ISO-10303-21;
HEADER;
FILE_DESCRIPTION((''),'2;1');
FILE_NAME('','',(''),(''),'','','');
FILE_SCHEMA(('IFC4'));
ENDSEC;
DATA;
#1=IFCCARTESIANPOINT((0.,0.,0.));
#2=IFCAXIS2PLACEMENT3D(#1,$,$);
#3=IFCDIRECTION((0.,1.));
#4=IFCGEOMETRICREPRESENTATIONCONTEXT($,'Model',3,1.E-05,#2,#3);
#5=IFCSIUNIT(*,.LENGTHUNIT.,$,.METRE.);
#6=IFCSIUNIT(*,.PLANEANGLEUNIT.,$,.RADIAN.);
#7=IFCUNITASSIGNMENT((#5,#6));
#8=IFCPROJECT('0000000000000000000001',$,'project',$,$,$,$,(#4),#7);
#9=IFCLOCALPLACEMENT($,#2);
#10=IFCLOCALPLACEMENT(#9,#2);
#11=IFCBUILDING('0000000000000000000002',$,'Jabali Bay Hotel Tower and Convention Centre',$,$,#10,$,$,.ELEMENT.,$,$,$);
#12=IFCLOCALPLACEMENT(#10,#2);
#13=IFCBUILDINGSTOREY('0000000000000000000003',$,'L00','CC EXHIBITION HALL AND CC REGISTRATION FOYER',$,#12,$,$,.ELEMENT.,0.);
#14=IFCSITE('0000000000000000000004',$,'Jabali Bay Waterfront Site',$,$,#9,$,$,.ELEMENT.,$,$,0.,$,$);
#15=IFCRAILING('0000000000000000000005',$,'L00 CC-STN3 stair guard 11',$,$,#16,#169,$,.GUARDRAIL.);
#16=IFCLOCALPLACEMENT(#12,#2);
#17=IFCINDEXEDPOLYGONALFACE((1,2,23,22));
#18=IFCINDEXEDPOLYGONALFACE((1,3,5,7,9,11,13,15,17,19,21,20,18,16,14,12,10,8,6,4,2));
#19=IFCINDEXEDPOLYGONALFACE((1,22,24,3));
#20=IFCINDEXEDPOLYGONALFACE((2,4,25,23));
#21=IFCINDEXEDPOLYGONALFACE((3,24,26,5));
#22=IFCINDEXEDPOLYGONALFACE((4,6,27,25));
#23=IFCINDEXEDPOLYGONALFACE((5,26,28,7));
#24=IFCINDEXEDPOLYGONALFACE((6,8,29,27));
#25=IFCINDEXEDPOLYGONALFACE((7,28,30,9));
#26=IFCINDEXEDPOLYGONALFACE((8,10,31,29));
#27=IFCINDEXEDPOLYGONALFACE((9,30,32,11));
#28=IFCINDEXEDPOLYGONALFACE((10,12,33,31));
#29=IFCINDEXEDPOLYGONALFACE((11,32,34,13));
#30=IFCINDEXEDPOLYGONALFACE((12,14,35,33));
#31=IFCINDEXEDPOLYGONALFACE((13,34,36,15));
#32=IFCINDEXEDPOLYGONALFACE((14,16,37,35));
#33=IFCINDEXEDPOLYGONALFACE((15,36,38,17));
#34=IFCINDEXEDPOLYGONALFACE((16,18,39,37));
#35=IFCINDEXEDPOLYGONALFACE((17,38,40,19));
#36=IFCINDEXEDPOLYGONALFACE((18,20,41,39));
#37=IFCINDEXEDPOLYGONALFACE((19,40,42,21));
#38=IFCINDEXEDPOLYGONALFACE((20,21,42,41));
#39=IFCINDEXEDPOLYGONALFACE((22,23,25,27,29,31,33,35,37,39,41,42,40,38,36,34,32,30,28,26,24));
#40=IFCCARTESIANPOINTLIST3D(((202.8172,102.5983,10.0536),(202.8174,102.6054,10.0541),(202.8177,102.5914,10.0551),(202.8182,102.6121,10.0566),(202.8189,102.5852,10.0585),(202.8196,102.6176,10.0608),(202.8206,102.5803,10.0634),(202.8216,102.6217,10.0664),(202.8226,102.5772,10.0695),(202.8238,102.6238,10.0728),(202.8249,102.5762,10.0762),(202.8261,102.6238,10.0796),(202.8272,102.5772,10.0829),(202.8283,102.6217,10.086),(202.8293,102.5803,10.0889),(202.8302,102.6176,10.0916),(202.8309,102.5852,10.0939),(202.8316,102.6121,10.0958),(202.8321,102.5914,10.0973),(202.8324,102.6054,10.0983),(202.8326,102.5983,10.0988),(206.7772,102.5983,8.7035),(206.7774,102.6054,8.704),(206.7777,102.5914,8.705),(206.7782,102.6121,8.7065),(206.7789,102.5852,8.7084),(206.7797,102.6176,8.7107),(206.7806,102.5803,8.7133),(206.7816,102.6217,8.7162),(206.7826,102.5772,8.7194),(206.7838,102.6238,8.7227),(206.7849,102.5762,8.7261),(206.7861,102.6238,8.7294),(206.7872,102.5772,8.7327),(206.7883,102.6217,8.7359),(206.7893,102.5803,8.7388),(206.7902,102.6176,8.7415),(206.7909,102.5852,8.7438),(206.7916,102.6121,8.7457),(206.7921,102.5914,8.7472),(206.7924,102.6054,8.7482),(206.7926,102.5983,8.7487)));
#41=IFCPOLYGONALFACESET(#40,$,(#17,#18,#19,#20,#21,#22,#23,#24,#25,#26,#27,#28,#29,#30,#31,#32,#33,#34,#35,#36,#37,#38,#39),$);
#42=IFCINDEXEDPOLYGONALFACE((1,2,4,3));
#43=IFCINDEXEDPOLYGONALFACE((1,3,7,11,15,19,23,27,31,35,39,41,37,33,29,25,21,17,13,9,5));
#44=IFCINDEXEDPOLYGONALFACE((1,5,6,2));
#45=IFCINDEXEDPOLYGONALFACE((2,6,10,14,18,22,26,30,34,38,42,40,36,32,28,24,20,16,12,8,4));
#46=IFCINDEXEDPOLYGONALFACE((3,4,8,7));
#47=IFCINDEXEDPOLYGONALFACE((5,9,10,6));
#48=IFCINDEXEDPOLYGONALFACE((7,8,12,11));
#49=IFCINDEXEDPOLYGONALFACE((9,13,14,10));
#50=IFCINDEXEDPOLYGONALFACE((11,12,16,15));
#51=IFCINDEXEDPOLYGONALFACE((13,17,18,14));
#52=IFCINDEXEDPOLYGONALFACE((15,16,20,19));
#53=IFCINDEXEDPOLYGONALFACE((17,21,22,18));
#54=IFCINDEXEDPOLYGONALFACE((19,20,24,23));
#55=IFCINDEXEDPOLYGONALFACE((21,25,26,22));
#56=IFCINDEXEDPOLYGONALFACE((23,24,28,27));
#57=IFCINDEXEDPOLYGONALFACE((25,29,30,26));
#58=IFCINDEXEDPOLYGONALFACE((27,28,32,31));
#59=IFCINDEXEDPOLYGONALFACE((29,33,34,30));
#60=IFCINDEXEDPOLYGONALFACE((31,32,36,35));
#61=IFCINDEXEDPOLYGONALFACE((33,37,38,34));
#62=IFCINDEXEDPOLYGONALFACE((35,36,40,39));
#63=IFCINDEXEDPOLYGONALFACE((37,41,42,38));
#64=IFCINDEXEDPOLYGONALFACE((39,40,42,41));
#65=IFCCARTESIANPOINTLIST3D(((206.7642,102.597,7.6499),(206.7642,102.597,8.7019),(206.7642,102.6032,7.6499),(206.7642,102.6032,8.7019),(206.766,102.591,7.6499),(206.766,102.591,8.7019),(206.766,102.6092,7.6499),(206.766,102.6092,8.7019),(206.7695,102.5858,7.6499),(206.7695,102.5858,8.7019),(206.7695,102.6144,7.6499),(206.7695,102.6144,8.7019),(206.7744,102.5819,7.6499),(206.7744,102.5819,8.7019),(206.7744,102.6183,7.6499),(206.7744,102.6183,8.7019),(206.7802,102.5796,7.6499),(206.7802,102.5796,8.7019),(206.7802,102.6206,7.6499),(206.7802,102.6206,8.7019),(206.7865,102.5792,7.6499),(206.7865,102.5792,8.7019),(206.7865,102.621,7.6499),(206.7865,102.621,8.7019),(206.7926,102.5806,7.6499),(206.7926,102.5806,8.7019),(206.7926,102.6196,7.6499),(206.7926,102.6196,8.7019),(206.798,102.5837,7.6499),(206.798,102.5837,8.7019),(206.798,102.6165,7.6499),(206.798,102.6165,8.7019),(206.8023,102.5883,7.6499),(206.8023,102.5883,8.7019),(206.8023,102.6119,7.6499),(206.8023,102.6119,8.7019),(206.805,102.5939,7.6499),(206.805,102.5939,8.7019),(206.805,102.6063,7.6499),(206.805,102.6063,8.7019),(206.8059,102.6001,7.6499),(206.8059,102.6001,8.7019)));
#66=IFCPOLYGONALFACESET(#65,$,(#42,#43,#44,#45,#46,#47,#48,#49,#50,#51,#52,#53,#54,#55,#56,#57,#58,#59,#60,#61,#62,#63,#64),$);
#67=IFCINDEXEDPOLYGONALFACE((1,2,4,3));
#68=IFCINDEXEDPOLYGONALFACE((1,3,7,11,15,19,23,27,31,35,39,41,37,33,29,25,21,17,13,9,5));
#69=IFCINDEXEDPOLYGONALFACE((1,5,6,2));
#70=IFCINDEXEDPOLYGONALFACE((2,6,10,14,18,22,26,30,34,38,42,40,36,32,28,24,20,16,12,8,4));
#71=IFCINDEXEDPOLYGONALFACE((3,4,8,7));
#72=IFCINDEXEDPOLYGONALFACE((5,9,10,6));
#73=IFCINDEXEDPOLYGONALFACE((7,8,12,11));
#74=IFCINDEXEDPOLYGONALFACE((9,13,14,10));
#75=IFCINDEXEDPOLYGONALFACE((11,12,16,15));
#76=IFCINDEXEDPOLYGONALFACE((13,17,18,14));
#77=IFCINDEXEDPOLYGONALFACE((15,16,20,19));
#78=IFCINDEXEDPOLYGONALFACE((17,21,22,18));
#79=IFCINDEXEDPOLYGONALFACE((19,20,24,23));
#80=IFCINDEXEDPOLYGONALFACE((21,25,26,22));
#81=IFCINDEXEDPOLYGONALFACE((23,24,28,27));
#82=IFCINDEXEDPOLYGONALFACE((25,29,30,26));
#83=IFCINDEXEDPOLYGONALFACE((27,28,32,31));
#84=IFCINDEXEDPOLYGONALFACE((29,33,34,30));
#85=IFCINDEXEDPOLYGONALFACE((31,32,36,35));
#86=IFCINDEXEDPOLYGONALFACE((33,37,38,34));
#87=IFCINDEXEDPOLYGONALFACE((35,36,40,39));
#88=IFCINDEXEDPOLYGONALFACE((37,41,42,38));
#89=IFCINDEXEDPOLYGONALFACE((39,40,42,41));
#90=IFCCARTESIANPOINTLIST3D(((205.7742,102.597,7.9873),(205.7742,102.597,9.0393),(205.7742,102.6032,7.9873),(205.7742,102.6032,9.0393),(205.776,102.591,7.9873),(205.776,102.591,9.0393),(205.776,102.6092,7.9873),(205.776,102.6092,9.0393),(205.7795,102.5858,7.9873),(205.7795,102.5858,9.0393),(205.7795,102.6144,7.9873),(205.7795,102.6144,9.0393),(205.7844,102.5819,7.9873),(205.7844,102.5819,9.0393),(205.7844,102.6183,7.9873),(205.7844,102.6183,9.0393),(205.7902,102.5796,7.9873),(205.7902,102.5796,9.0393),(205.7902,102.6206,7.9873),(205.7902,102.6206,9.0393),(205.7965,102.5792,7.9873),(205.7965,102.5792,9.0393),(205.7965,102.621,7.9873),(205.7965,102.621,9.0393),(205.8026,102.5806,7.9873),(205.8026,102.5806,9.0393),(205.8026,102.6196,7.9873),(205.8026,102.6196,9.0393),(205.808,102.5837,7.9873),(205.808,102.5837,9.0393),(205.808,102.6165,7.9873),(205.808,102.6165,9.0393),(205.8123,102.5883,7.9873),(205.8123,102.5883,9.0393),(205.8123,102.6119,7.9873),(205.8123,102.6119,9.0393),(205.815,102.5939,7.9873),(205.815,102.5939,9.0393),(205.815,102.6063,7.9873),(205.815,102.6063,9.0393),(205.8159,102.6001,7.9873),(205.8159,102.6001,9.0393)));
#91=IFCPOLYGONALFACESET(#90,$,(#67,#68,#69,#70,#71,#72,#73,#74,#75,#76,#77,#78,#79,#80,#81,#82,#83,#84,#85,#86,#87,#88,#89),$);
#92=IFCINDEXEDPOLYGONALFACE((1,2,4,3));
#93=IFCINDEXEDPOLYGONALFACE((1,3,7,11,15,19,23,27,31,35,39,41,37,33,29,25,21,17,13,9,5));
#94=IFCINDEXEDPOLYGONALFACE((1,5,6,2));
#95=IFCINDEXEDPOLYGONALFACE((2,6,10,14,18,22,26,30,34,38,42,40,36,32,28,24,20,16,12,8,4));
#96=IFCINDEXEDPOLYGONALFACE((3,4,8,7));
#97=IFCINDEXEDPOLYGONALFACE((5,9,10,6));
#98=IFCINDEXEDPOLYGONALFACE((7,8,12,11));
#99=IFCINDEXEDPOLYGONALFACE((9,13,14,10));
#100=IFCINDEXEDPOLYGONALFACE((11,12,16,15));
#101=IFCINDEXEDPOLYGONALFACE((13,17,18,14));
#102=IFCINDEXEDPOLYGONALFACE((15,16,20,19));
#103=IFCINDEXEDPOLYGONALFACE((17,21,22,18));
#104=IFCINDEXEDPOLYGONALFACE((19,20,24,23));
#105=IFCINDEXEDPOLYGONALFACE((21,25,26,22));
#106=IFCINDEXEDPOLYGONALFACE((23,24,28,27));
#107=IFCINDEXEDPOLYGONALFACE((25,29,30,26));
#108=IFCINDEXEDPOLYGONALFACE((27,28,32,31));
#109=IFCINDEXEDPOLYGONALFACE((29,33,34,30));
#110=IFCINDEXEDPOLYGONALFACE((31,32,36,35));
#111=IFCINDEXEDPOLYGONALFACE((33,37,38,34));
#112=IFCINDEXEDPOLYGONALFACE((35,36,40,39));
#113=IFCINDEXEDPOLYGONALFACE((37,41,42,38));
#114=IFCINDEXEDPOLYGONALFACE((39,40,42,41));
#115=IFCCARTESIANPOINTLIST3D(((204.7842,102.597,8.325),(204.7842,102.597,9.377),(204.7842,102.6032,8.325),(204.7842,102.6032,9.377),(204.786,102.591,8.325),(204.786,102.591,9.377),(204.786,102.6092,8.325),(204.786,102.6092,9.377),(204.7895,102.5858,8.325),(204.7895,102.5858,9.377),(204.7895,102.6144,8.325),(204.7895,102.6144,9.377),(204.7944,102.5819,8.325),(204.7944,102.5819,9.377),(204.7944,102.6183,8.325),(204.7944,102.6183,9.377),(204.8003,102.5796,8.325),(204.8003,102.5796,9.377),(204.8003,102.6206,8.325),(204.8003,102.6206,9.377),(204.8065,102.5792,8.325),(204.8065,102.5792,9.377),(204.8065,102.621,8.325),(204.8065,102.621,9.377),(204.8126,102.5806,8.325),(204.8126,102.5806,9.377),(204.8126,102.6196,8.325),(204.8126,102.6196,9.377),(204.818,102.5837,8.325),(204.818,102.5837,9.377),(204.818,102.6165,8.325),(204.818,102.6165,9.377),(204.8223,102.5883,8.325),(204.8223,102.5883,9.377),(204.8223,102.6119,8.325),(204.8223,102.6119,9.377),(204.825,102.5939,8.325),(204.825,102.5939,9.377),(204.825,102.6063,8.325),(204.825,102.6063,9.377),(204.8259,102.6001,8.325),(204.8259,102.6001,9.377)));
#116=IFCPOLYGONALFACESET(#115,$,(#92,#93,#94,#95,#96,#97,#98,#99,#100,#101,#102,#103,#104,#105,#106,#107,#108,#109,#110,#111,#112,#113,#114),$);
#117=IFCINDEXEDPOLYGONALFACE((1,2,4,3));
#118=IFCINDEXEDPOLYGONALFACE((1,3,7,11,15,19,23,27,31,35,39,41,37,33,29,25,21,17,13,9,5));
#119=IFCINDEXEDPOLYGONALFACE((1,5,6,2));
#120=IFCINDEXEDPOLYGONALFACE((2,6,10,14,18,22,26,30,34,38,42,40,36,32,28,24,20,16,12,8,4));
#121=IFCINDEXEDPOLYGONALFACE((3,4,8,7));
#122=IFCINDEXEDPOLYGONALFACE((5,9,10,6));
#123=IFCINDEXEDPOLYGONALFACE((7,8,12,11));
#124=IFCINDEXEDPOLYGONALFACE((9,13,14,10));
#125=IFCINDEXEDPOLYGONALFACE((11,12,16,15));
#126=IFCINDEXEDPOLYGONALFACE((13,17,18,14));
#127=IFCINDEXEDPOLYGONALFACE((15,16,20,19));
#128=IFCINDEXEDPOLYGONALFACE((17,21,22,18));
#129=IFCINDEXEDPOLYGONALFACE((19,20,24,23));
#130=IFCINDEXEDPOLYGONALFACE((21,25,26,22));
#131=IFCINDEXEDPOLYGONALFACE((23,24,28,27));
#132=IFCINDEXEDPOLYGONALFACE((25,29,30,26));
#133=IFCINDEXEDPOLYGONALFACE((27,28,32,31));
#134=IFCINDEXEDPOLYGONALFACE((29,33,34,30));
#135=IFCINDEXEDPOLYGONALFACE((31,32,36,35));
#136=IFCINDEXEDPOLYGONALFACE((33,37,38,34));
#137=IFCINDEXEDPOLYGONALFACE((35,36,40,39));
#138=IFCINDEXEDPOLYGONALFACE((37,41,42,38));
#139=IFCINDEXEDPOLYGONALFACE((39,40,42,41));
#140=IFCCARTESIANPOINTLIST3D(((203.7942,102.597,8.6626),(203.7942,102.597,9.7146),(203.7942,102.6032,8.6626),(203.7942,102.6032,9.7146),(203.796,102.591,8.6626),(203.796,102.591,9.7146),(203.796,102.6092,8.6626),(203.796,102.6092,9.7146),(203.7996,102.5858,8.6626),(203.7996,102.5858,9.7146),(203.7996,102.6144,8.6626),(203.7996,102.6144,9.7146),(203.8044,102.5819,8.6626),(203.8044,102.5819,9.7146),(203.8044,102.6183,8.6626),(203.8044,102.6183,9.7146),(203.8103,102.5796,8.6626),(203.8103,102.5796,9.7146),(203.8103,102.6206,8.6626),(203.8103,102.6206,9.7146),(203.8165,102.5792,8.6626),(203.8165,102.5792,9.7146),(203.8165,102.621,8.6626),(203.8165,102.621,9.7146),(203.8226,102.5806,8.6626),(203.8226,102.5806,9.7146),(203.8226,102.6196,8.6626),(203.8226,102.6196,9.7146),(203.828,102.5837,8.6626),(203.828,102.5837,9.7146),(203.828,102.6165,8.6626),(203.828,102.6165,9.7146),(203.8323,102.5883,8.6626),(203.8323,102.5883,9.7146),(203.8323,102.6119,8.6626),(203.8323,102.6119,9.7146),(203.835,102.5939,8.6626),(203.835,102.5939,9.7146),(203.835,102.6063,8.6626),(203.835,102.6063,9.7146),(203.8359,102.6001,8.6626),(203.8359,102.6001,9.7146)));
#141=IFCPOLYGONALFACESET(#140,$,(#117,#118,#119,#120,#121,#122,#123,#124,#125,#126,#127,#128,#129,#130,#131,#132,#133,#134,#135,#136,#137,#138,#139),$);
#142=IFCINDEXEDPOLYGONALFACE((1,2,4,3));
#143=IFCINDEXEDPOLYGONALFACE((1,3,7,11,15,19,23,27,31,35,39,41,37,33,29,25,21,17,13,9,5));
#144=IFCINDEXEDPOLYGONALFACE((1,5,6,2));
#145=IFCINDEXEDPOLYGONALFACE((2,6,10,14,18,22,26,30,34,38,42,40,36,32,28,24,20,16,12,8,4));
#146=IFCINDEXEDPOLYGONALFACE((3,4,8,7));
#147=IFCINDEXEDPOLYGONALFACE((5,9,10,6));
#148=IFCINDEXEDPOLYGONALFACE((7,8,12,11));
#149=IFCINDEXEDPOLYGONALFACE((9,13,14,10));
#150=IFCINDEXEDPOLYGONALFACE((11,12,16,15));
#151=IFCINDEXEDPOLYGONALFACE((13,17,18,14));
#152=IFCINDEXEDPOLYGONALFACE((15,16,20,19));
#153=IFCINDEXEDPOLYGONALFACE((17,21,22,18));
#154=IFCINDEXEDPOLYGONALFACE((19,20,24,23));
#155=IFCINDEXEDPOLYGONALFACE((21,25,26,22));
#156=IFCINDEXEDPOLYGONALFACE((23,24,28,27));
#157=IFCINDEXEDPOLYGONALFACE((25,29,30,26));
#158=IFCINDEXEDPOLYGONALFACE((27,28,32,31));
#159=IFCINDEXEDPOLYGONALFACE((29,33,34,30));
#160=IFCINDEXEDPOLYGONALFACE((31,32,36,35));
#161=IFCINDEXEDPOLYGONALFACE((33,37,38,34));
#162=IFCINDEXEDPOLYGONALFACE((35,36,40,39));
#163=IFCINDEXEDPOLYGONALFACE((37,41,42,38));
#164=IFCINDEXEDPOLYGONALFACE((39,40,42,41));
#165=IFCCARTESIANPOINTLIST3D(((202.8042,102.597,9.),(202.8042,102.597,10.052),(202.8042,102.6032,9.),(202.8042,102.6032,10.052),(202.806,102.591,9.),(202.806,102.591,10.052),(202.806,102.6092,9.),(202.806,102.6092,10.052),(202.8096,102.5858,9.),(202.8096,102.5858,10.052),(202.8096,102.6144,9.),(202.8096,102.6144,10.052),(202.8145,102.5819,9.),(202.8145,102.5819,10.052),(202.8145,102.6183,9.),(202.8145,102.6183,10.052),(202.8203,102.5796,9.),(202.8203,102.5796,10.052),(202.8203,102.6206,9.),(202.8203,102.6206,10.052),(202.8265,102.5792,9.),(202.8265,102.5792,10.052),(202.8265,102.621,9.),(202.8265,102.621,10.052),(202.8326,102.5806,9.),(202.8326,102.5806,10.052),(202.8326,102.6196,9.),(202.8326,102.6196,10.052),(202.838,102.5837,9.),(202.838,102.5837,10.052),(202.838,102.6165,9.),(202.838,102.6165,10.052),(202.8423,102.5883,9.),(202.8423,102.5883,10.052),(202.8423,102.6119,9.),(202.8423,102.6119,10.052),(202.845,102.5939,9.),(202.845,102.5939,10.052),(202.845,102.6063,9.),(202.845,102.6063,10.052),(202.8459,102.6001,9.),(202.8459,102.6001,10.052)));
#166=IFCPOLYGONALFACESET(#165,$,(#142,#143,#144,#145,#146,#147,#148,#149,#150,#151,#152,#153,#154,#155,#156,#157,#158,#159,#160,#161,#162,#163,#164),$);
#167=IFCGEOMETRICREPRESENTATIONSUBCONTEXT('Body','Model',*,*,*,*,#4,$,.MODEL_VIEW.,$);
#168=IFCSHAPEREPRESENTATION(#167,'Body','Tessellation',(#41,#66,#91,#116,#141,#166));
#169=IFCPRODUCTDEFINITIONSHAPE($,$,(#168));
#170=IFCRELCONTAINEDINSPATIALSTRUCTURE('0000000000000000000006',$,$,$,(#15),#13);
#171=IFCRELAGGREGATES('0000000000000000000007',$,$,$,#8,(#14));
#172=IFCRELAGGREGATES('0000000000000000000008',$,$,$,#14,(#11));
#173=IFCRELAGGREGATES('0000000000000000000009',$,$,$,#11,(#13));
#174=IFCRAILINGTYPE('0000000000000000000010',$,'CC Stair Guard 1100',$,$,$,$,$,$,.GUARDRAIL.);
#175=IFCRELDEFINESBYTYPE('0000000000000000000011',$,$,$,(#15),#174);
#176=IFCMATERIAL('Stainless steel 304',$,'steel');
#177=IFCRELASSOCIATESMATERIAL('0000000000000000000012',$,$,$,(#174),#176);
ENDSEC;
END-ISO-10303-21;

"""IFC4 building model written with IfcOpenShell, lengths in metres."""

from ifc_helpers import new_model, si_unit, direction, frame, origin, origin_2d, place, context, subcontext, project, spatial, circle, extrude, material, type_object, element, save


model = new_model("IFC4")

# Units and contexts
model_context = context("Model", 3, precision=1e-05, world=origin(), true_north=direction((0.0, 1.0)))
body_context = subcontext(model_context, "Body", "Model", "MODEL_VIEW")
ifc_project = project(units=[si_unit("LENGTHUNIT", "METRE"), si_unit("PLANEANGLEUNIT", "RADIAN")], contexts=[model_context])

# Site, building, storey
site_placement = place(None, origin())
site = spatial("IfcSite", under=ifc_project, at=site_placement, Name="Jabali Bay Waterfront Site", CompositionType="ELEMENT", RefElevation=0.0)
building_placement = place(site_placement, origin())
building = spatial("IfcBuilding", under=site, at=building_placement, Name="Jabali Bay Hotel Tower and Convention Centre", CompositionType="ELEMENT")
storey_placement = place(building_placement, origin())
storey = spatial("IfcBuildingStorey", under=building, at=storey_placement, Name="L00", Description="CC EXHIBITION HALL AND CC REGISTRATION FOYER", CompositionType="ELEMENT", Elevation=0.0)

# Railing
ifc_material_1 = material(Name="Stainless steel 304", Category="steel")
railing_type_1 = type_object("IfcRailingType", Name="CC Stair Guard 1100", PredefinedType="GUARDRAIL", material=ifc_material_1)
railing_1_placement = place(storey_placement, frame((206.7849, 102.6001, 7.6499)))
element("IfcRailing", 1, at=railing_1_placement, inside=storey, type_object=railing_type_1, Name="L00 CC-STN3 stair guard 11", PredefinedType="GUARDRAIL", context=body_context, shape_type="SweptSolid", body=[
    extrude(circle(Radius=0.0239, at=origin_2d()), frame((0.0, 0.0, 1.0762), z_axis=(-0.946502, 0.0, 0.322698), x_axis=(0.0, -1.0, 0.0)), (0.0, 0.0, 1.0), 4.1838),
    extrude(circle(Radius=0.021, at=origin_2d()), origin(), (0.0, 0.0, 1.0), 1.052),
    extrude(circle(Radius=0.021, at=origin_2d()), frame((-0.99, 0.0, 0.3374)), (0.0, 0.0, 1.0), 1.052),
    extrude(circle(Radius=0.021, at=origin_2d()), frame((-1.98, 0.0, 0.675)), (0.0, 0.0, 1.0), 1.052),
    extrude(circle(Radius=0.021, at=origin_2d()), frame((-2.97, 0.0, 1.0127)), (0.0, 0.0, 1.0), 1.052),
    extrude(circle(Radius=0.021, at=origin_2d()), frame((-3.96, 0.0, 1.3501)), (0.0, 0.0, 1.0), 1.052),
])

save(model, "model.ifc")
